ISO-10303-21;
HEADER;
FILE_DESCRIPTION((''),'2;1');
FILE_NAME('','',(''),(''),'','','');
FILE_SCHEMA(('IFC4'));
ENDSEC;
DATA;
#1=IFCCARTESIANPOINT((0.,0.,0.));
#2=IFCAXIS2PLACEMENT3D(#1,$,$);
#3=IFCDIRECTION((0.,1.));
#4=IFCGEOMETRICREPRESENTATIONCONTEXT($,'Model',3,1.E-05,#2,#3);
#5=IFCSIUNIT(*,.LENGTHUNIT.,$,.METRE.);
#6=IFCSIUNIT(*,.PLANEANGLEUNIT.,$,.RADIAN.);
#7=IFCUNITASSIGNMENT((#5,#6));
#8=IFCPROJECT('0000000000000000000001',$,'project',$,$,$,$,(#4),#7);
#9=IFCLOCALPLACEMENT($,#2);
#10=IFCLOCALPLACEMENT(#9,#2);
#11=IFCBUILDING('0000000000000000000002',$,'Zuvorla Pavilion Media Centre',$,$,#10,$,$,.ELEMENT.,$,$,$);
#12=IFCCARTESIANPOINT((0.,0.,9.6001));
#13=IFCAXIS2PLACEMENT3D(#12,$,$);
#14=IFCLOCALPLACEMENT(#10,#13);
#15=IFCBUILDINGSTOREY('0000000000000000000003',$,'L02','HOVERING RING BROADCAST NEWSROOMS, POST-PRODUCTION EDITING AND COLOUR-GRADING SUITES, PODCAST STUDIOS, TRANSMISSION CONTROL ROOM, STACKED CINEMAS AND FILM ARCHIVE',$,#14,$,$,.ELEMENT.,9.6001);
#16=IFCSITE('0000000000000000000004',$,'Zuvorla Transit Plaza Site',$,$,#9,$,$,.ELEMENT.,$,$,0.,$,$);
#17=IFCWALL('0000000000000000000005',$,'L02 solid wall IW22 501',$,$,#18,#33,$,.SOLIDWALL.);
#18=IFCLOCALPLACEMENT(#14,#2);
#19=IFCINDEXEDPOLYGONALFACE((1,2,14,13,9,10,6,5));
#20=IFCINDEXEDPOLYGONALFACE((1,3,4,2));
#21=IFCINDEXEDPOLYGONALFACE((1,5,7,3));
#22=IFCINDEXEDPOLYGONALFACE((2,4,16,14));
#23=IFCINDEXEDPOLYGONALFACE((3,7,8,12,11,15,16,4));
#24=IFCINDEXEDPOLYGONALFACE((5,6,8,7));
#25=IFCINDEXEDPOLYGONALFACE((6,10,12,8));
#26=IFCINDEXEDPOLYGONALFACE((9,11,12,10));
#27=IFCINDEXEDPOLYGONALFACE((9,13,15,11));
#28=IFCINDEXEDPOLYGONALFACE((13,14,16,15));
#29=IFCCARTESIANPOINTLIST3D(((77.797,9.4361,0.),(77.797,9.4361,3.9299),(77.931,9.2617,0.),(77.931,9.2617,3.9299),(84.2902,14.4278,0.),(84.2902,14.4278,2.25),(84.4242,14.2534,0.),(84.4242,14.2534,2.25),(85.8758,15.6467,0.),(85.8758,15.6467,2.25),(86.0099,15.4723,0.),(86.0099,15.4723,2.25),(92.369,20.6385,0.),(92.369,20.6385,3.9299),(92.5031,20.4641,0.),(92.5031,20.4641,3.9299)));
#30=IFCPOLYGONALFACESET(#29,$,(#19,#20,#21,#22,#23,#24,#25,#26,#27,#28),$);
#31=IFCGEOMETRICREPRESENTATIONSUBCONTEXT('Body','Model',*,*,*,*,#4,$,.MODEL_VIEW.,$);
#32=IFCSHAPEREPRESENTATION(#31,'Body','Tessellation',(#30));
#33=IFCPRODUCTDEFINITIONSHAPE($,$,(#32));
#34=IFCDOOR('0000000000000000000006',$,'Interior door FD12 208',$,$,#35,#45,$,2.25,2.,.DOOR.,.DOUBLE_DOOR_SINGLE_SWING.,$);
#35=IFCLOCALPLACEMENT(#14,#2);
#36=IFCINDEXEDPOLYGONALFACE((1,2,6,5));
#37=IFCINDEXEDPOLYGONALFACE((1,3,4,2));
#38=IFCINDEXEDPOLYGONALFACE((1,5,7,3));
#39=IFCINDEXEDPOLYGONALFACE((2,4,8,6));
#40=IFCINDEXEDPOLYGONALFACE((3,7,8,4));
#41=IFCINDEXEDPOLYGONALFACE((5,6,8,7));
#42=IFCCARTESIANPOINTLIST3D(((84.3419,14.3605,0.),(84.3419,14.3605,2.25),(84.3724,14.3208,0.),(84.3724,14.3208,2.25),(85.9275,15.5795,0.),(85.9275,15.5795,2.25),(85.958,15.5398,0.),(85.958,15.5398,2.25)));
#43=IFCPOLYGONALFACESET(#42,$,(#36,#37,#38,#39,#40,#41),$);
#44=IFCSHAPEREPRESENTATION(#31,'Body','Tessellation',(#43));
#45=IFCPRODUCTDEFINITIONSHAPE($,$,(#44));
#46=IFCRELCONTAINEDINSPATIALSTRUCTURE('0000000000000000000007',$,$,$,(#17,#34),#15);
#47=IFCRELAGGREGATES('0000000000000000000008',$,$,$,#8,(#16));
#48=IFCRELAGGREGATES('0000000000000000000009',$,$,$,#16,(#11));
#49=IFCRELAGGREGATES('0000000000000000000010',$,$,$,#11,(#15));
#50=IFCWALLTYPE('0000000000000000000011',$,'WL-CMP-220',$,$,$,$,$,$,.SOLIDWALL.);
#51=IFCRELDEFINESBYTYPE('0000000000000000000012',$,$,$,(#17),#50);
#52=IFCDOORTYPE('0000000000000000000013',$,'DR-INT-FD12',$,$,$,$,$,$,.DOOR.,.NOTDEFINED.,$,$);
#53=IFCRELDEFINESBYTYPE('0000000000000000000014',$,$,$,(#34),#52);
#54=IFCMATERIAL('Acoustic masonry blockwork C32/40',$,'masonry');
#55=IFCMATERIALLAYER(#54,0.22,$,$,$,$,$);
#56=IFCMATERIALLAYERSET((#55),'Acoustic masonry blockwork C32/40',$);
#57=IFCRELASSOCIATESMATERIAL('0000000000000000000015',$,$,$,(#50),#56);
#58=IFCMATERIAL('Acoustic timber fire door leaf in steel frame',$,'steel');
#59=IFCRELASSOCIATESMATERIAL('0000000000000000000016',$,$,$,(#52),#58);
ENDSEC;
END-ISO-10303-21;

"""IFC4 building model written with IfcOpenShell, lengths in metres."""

from ifc_helpers import new_model, si_unit, direction, frame, frame_2d, origin, place, context, subcontext, project, spatial, rectangle, extrude, material, layer, layer_set, type_object, element, fill, save


model = new_model("IFC4")

# Units and contexts
model_context = context("Model", 3, precision=1e-05, world=origin(), true_north=direction((0.0, 1.0)))
body_context = subcontext(model_context, "Body", "Model", "MODEL_VIEW")
ifc_project = project(units=[si_unit("LENGTHUNIT", "METRE"), si_unit("PLANEANGLEUNIT", "RADIAN")], contexts=[model_context])

# Site, building, storey
site_placement = place(None, origin())
site = spatial("IfcSite", under=ifc_project, at=site_placement, Name="Zuvorla Transit Plaza Site", CompositionType="ELEMENT", RefElevation=0.0)
building_placement = place(site_placement, origin())
building = spatial("IfcBuilding", under=site, at=building_placement, Name="Zuvorla Pavilion Media Centre", CompositionType="ELEMENT")
storey_placement = place(building_placement, frame((0.0, 0.0, 9.6001)))
storey = spatial("IfcBuildingStorey", under=building, at=storey_placement, Name="L02", Description="HOVERING RING BROADCAST NEWSROOMS, POST-PRODUCTION EDITING AND COLOUR-GRADING SUITES, PODCAST STUDIOS, TRANSMISSION CONTROL ROOM, STACKED CINEMAS AND FILM ARCHIVE", CompositionType="ELEMENT", Elevation=9.6001)

# Wall, opening, door
ifc_material_1 = material(Name="Acoustic masonry blockwork C32/40", Category="masonry")
ifc_layer = layer(ifc_material_1, 0.22)
ifc_layer_set = layer_set([ifc_layer], Name="Acoustic masonry blockwork C32/40")
wall_type = type_object("IfcWallType", Name="WL-CMP-220", PredefinedType="SOLIDWALL", material=ifc_layer_set)
ifc_material_2 = material(Name="Acoustic timber fire door leaf in steel frame", Category="steel")
wall_1_placement = place(storey_placement, frame((92.436, 20.5513, 0.0), z_axis=(0.0, 0.0, 1.0), x_axis=(-0.792804, -0.609476, 0.0)))
wall_1 = element("IfcWall", 1, at=wall_1_placement, inside=storey, type_object=wall_type, Name="L02 solid wall IW22 501", PredefinedType="SOLIDWALL", context=body_context, shape_type="SweptSolid", body=[
    extrude(rectangle(XDim=18.3804, YDim=0.22, at=frame_2d((9.1902, 0.0))), origin(), (0.0, 0.0, 1.0), 3.9299),
])
opening_1_placement = place(wall_1_placement, frame((8.1902, 0.0, 0.0)))
opening_1 = element("IfcOpeningElement", 2, at=opening_1_placement, cuts=wall_1, PredefinedType="OPENING", context=body_context, shape_type="SweptSolid", body=[
    extrude(rectangle(XDim=2.0, YDim=2.25, at=frame_2d((1.0, 1.125))), frame((0.0, 0.1199, 0.0), z_axis=(0.0, -1.0, 0.0), x_axis=(1.0, 0.0, 0.0)), (0.0, 0.0, 1.0), 0.24),
])
door_type_1 = type_object("IfcDoorType", Name="DR-INT-FD12", OperationType="NOTDEFINED", PredefinedType="DOOR", material=ifc_material_2)
door_1_placement = place(opening_1_placement, origin())
door_1 = element("IfcDoor", 3, at=door_1_placement, inside=storey, type_object=door_type_1, Name="Interior door FD12 208", OperationType="DOUBLE_DOOR_SINGLE_SWING", OverallHeight=2.25, OverallWidth=2.0, PredefinedType="DOOR", context=body_context, shape_type="SweptSolid", body=[
    extrude(rectangle(XDim=2.0, YDim=2.25, at=frame_2d((1.0, 1.125))), frame((0.0, 0.0249, 0.0), z_axis=(0.0, -1.0, 0.0), x_axis=(1.0, 0.0, 0.0)), (0.0, 0.0, 1.0), 0.05),
])
fill(opening_1, door_1)

save(model, "model.ifc")
